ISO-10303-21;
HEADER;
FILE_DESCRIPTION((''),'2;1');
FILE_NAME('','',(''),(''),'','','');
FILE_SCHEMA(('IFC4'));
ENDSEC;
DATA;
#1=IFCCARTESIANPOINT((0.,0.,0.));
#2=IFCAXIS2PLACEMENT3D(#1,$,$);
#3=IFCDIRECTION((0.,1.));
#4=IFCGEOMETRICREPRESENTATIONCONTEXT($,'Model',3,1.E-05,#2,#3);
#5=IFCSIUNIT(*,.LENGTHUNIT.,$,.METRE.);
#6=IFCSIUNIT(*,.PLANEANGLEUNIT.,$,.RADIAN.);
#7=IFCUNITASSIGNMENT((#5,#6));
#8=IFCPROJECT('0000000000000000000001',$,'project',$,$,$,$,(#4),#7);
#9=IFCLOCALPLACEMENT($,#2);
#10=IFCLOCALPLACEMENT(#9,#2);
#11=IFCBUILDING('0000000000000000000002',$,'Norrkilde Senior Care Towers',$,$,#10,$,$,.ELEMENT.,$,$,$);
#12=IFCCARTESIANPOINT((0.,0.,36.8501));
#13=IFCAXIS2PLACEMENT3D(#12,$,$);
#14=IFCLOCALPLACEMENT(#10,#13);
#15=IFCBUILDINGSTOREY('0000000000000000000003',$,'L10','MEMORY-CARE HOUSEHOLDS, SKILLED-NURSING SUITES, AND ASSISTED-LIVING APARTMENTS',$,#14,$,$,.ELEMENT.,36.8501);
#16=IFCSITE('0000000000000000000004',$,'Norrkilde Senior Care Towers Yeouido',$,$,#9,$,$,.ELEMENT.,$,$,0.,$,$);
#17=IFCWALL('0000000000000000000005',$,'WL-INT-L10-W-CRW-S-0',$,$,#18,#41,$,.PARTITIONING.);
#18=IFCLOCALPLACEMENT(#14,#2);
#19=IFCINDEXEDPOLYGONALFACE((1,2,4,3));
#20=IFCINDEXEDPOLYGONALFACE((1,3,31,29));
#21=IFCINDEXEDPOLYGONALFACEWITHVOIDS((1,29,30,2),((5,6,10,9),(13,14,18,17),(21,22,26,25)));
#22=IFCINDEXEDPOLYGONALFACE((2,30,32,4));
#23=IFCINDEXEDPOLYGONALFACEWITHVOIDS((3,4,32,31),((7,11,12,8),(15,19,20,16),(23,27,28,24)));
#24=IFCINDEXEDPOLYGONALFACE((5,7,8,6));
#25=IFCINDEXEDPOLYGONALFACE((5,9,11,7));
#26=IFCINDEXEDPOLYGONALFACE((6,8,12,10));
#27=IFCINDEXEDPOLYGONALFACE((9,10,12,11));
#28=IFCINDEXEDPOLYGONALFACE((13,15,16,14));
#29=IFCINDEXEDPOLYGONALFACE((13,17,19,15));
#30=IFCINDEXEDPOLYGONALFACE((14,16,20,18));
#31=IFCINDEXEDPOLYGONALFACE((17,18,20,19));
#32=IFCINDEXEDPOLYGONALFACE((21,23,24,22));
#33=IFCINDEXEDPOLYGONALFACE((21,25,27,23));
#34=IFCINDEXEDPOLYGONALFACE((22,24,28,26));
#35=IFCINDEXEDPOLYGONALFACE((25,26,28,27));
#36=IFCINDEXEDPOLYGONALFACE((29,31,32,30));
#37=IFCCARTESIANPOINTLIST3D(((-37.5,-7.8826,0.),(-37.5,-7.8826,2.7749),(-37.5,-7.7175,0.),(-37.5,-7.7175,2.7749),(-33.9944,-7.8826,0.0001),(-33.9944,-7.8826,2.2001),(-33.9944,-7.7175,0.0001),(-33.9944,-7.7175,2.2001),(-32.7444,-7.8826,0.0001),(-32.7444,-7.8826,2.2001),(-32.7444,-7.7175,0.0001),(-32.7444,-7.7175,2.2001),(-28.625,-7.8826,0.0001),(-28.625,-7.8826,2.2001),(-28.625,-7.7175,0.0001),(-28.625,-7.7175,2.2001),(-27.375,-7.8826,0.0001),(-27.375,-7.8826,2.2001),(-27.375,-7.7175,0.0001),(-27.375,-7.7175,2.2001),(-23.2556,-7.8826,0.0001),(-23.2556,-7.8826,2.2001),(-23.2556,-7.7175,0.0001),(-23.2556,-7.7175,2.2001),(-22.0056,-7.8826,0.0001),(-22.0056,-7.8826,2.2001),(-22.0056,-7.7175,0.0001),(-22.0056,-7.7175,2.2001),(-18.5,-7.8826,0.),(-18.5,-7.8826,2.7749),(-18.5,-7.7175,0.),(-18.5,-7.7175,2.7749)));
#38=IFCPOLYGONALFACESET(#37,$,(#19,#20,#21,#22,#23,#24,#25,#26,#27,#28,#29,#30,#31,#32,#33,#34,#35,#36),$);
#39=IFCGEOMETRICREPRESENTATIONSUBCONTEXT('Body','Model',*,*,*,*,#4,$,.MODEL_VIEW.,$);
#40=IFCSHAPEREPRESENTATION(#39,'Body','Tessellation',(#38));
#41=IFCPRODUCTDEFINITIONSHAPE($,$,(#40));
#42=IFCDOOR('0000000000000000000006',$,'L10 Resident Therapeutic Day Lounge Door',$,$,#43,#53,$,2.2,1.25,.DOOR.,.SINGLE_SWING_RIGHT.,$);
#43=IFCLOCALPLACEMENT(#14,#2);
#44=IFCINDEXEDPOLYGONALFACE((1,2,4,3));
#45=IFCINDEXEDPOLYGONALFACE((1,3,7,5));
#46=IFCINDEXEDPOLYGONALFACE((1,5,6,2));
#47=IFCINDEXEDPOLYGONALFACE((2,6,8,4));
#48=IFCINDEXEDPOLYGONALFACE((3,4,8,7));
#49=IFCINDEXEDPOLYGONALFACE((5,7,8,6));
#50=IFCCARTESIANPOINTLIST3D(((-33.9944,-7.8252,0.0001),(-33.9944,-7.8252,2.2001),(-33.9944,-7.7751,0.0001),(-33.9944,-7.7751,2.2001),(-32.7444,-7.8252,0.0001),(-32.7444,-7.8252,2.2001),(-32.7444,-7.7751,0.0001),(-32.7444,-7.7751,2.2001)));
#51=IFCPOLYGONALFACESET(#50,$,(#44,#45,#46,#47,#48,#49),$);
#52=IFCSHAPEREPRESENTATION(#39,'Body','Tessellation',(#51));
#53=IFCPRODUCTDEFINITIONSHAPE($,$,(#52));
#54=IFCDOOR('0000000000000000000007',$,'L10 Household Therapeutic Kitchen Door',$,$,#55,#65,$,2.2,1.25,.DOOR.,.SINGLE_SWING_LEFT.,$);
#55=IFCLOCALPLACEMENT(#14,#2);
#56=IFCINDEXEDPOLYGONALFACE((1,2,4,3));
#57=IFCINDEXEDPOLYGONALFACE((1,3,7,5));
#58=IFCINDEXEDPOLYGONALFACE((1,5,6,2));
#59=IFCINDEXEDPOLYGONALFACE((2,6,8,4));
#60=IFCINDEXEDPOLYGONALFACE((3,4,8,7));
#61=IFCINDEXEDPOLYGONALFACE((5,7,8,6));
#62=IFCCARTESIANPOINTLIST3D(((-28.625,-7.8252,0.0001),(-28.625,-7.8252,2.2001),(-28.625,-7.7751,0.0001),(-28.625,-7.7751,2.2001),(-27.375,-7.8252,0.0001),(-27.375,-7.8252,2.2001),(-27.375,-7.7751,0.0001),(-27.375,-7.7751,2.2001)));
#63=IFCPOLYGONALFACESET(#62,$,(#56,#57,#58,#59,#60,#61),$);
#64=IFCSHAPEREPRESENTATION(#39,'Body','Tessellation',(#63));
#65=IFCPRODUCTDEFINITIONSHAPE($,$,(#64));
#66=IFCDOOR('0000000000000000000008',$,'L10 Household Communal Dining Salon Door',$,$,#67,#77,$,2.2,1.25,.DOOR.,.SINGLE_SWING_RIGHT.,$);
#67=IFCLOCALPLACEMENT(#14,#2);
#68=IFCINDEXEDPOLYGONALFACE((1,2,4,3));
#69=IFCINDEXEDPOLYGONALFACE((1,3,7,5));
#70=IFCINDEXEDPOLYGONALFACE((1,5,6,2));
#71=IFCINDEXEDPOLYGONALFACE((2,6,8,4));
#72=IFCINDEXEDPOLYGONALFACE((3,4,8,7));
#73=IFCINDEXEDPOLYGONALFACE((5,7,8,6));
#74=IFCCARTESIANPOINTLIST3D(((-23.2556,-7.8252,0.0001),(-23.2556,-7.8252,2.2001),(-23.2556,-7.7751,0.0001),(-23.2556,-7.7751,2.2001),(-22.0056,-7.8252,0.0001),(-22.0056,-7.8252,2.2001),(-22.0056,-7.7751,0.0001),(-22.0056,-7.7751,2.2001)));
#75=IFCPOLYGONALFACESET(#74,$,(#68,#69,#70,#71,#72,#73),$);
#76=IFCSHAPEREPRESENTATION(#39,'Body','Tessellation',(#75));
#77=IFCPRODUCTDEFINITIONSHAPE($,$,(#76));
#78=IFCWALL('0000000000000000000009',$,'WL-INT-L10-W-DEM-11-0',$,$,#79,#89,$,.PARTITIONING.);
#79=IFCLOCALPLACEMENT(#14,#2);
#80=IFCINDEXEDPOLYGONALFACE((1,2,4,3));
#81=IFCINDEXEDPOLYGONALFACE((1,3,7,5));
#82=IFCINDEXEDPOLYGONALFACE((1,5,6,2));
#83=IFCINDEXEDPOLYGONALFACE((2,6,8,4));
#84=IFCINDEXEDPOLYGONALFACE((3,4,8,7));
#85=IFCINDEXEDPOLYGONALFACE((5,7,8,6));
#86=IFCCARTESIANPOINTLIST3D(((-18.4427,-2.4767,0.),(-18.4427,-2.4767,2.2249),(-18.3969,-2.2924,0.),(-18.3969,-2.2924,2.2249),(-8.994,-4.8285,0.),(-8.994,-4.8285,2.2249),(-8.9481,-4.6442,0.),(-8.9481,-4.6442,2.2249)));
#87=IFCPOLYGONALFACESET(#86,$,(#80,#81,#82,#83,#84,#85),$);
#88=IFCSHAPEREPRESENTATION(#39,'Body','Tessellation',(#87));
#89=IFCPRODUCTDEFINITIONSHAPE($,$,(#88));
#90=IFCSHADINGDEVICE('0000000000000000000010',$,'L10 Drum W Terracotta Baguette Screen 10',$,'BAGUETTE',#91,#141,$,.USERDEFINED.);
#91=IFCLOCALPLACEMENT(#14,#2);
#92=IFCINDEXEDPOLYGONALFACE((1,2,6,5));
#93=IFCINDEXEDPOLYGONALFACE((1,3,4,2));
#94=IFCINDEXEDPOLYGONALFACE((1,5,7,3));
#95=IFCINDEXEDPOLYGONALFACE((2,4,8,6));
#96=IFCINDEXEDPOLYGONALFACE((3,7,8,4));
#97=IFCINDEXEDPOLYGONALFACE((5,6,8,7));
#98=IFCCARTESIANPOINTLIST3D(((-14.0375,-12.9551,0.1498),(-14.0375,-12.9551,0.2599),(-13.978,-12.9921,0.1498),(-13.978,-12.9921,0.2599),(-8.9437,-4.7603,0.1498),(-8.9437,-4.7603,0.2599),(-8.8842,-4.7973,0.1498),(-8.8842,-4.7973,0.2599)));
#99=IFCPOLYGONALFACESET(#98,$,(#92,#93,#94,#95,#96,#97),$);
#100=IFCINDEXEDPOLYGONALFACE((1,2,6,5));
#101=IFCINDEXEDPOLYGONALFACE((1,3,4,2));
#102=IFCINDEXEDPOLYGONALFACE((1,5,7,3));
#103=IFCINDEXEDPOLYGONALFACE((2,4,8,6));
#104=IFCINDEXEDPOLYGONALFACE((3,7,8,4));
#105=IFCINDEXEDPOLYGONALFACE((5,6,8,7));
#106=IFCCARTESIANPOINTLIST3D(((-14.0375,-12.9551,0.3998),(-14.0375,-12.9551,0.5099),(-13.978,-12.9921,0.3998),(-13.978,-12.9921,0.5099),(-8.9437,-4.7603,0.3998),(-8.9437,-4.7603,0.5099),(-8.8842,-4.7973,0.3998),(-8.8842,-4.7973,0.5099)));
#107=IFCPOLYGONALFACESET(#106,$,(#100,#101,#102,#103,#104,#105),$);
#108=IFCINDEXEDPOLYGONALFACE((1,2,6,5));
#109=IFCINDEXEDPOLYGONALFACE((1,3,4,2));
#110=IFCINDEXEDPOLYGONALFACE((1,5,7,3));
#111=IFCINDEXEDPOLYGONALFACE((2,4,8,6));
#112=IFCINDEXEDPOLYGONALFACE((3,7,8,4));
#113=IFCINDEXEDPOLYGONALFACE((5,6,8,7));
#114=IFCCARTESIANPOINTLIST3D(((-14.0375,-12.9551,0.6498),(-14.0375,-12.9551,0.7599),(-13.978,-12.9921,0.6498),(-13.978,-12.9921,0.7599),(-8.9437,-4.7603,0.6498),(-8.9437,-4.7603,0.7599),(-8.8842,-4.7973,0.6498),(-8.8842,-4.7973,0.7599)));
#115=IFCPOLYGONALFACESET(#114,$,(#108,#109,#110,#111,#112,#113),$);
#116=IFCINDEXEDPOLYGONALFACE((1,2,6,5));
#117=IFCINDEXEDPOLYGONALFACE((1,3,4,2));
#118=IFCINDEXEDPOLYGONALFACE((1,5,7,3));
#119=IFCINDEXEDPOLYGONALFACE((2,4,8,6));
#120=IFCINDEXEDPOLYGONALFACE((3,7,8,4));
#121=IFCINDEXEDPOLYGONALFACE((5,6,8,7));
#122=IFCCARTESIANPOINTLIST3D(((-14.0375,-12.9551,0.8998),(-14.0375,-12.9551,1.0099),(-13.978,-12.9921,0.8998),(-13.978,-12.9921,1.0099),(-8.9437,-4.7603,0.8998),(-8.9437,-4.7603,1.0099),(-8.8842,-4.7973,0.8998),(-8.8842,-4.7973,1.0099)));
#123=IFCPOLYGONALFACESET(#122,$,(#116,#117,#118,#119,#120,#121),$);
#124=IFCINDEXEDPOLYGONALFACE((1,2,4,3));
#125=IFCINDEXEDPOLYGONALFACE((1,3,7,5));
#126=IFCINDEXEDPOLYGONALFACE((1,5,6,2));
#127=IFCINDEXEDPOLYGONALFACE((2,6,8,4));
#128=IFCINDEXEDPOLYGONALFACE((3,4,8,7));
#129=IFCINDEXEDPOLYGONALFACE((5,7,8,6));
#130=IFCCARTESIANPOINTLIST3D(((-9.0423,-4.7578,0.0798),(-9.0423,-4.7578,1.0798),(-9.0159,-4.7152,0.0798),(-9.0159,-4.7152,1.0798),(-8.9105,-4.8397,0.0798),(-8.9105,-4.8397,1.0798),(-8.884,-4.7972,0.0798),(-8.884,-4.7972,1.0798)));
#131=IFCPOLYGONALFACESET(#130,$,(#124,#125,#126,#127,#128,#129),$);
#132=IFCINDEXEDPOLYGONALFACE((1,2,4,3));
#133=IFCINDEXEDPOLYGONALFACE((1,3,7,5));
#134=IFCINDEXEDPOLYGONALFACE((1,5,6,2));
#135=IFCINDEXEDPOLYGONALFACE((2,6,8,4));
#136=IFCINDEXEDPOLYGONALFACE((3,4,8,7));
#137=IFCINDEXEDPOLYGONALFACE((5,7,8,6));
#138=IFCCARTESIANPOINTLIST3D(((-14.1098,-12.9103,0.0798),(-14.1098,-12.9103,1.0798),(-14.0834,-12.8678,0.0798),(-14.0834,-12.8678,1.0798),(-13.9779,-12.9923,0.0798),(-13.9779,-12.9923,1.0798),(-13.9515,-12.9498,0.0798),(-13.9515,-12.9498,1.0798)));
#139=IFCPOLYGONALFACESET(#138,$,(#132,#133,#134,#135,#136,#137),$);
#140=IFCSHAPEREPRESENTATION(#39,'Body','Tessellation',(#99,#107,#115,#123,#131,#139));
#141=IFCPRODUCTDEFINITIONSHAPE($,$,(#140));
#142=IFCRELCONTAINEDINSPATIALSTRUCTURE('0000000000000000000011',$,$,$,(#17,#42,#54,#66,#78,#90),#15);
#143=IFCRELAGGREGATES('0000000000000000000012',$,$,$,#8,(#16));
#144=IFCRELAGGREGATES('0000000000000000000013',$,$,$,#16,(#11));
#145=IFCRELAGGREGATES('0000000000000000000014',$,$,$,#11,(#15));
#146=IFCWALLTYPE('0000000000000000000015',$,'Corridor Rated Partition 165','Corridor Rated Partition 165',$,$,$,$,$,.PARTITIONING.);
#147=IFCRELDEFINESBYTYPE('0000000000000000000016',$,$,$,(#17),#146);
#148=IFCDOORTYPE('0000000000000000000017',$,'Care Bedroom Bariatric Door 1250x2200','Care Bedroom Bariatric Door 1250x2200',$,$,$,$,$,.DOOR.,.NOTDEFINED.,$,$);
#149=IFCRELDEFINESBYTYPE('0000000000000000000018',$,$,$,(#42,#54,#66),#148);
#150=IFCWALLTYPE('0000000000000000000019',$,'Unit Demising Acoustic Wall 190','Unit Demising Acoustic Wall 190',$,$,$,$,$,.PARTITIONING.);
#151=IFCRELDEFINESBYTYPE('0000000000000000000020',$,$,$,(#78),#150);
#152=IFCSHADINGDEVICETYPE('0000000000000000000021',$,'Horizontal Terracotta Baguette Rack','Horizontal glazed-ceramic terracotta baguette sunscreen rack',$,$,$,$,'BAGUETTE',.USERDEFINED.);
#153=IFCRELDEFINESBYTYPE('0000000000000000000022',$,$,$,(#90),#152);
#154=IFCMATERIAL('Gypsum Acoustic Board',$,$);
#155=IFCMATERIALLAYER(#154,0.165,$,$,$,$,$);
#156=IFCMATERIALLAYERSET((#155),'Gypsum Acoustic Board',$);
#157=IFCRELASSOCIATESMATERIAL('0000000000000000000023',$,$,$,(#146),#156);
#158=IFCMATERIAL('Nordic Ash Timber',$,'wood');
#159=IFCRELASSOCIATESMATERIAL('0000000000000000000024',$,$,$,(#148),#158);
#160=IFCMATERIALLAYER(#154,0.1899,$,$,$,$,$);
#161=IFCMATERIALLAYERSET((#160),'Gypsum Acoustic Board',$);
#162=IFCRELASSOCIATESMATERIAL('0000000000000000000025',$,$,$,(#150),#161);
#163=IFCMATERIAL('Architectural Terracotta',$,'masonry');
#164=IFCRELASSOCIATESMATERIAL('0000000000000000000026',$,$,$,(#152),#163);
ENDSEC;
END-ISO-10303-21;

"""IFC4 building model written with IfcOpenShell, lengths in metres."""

from ifc_helpers import new_model, si_unit, direction, frame, frame_2d, origin, origin_2d, place, context, subcontext, project, spatial, rectangle, extrude, source, transform, mapped, material, layer, layer_set, type_object, type_shapes, element, fill, save


model = new_model("IFC4")

# Units and contexts
model_context = context("Model", 3, precision=1e-05, world=origin(), true_north=direction((0.0, 1.0)))
body_context = subcontext(model_context, "Body", "Model", "MODEL_VIEW")
ifc_project = project(units=[si_unit("LENGTHUNIT", "METRE"), si_unit("PLANEANGLEUNIT", "RADIAN")], contexts=[model_context])

# Site, building, storey
site_placement = place(None, origin())
site = spatial("IfcSite", under=ifc_project, at=site_placement, Name="Norrkilde Senior Care Towers Yeouido", CompositionType="ELEMENT", RefElevation=0.0)
building_placement = place(site_placement, origin())
building = spatial("IfcBuilding", under=site, at=building_placement, Name="Norrkilde Senior Care Towers", CompositionType="ELEMENT")
storey_placement = place(building_placement, frame((0.0, 0.0, 36.8501)))
storey = spatial("IfcBuildingStorey", under=building, at=storey_placement, Name="L10", Description="MEMORY-CARE HOUSEHOLDS, SKILLED-NURSING SUITES, AND ASSISTED-LIVING APARTMENTS", CompositionType="ELEMENT", Elevation=36.8501)

# Wall, openings, doors
ifc_material_1 = material(Name="Gypsum Acoustic Board")
ifc_layer_1 = layer(ifc_material_1, 0.165)
ifc_layer_set_1 = layer_set([ifc_layer_1], Name="Gypsum Acoustic Board")
wall_type_1 = type_object("IfcWallType", Name="Corridor Rated Partition 165", Description="Corridor Rated Partition 165", PredefinedType="PARTITIONING", material=ifc_layer_set_1)
shared_shape_1 = source(origin(), body_context, "Body", "SweptSolid", [
    extrude(rectangle(XDim=19.0, YDim=0.165, at=frame_2d((9.5, 0.0))), origin(), (0.0, 0.0, 1.0), 2.7749),
])
type_shapes(wall_type_1, [shared_shape_1])
wall_1_placement = place(storey_placement, frame((-18.5, -7.8, 0.0), z_axis=(0.0, 0.0, 1.0), x_axis=(-1.0, 0.0, 0.0)))
wall_1 = element("IfcWall", 1, at=wall_1_placement, inside=storey, type_object=wall_type_1, Name="WL-INT-L10-W-CRW-S-0", PredefinedType="PARTITIONING", context=body_context, shape_type="MappedRepresentation", body=[
    mapped(shared_shape_1, transform((0.0, 0.0, 0.0), x_axis=(1.0, 0.0, 0.0), y_axis=(0.0, 1.0, 0.0), z_axis=(0.0, 0.0, 1.0), scale=1.0)),
])
opening_1_placement = place(wall_1_placement, frame((14.2444, 0.0, 0.0)))
opening_1 = element("IfcOpeningElement", 2, at=opening_1_placement, cuts=wall_1, PredefinedType="OPENING", context=body_context, shape_type="SweptSolid", body=[
    extrude(rectangle(XDim=1.25, YDim=2.2, at=frame_2d((0.625, 1.1001))), frame((0.0, 0.0925, 0.0), z_axis=(0.0, -1.0, 0.0), x_axis=(1.0, 0.0, 0.0)), (0.0, 0.0, 1.0), 0.1851),
])
opening_2_placement = place(wall_1_placement, frame((8.875, 0.0, 0.0)))
opening_2 = element("IfcOpeningElement", 3, at=opening_2_placement, cuts=wall_1, PredefinedType="OPENING", context=body_context, shape_type="SweptSolid", body=[
    extrude(rectangle(XDim=1.25, YDim=2.2, at=frame_2d((0.625, 1.1001))), frame((0.0, 0.0925, 0.0), z_axis=(0.0, -1.0, 0.0), x_axis=(1.0, 0.0, 0.0)), (0.0, 0.0, 1.0), 0.1851),
])
opening_3_placement = place(wall_1_placement, frame((3.5056, 0.0, 0.0)))
opening_3 = element("IfcOpeningElement", 4, at=opening_3_placement, cuts=wall_1, PredefinedType="OPENING", context=body_context, shape_type="SweptSolid", body=[
    extrude(rectangle(XDim=1.25, YDim=2.2, at=frame_2d((0.625, 1.1001))), frame((0.0, 0.0925, 0.0), z_axis=(0.0, -1.0, 0.0), x_axis=(1.0, 0.0, 0.0)), (0.0, 0.0, 1.0), 0.1851),
])
ifc_material_2 = material(Name="Nordic Ash Timber", Category="wood")
door_type = type_object("IfcDoorType", Name="Care Bedroom Bariatric Door 1250x2200", Description="Care Bedroom Bariatric Door 1250x2200", OperationType="NOTDEFINED", PredefinedType="DOOR", material=ifc_material_2)
shared_shape_2 = source(origin(), body_context, "Body", "SweptSolid", [
    extrude(rectangle(XDim=1.25, YDim=2.2, at=frame_2d((0.625, 1.1001))), frame((0.0, 0.0249, 0.0), z_axis=(0.0, -1.0, 0.0), x_axis=(1.0, 0.0, 0.0)), (0.0, 0.0, 1.0), 0.05),
])
type_shapes(door_type, [shared_shape_2])
door_1_placement = place(opening_1_placement, frame((1.25, 0.0, 0.0), z_axis=(0.0, 0.0, 1.0), x_axis=(-1.0, 0.0, 0.0)))
door_1 = element("IfcDoor", 5, at=door_1_placement, inside=storey, type_object=door_type, Name="L10 Resident Therapeutic Day Lounge Door", OperationType="SINGLE_SWING_RIGHT", OverallHeight=2.2, OverallWidth=1.25, PredefinedType="DOOR", context=body_context, shape_type="MappedRepresentation", body=[
    mapped(shared_shape_2, transform((0.0, 0.0, 0.0), x_axis=(1.0, 0.0, 0.0), y_axis=(0.0, 1.0, 0.0), z_axis=(0.0, 0.0, 1.0), scale=1.0)),
])
fill(opening_1, door_1)
door_2_placement = place(opening_2_placement, frame((1.25, 0.0, 0.0), z_axis=(0.0, 0.0, 1.0), x_axis=(-1.0, 0.0, 0.0)))
door_2 = element("IfcDoor", 6, at=door_2_placement, inside=storey, type_object=door_type, Name="L10 Household Therapeutic Kitchen Door", OperationType="SINGLE_SWING_LEFT", OverallHeight=2.2, OverallWidth=1.25, PredefinedType="DOOR", context=body_context, shape_type="MappedRepresentation", body=[
    mapped(shared_shape_2, transform((0.0, 0.0, 0.0), x_axis=(1.0, 0.0, 0.0), y_axis=(0.0, 1.0, 0.0), z_axis=(0.0, 0.0, 1.0), scale=1.0)),
])
fill(opening_2, door_2)
door_3_placement = place(opening_3_placement, frame((1.25, 0.0, 0.0), z_axis=(0.0, 0.0, 1.0), x_axis=(-1.0, 0.0, 0.0)))
door_3 = element("IfcDoor", 7, at=door_3_placement, inside=storey, type_object=door_type, Name="L10 Household Communal Dining Salon Door", OperationType="SINGLE_SWING_RIGHT", OverallHeight=2.2, OverallWidth=1.25, PredefinedType="DOOR", context=body_context, shape_type="MappedRepresentation", body=[
    mapped(shared_shape_2, transform((0.0, 0.0, 0.0), x_axis=(1.0, 0.0, 0.0), y_axis=(0.0, 1.0, 0.0), z_axis=(0.0, 0.0, 1.0), scale=1.0)),
])
fill(opening_3, door_3)

# Wall
ifc_layer_2 = layer(ifc_material_1, 0.1899)
ifc_layer_set_2 = layer_set([ifc_layer_2], Name="Gypsum Acoustic Board")
wall_type_2 = type_object("IfcWallType", Name="Unit Demising Acoustic Wall 190", Description="Unit Demising Acoustic Wall 190", PredefinedType="PARTITIONING", material=ifc_layer_set_2)
shared_shape_3 = source(origin(), body_context, "Body", "SweptSolid", [
    extrude(rectangle(XDim=9.7371, YDim=0.1899, at=frame_2d((4.8687, 0.0))), origin(), (0.0, 0.0, 1.0), 2.2249),
])
type_shapes(wall_type_2, [shared_shape_3])
wall_2_placement = place(storey_placement, frame((-18.4199, -2.3845, 0.0), z_axis=(0.0, 0.0, 1.0), x_axis=(0.970393, -0.241533, 0.0)))
element("IfcWall", 8, at=wall_2_placement, inside=storey, type_object=wall_type_2, Name="WL-INT-L10-W-DEM-11-0", PredefinedType="PARTITIONING", context=body_context, shape_type="MappedRepresentation", body=[
    mapped(shared_shape_3, transform((0.0, 0.0, 0.0), x_axis=(1.0, 0.0, 0.0), y_axis=(0.0, 1.0, 0.0), z_axis=(0.0, 0.0, 1.0), scale=1.0)),
])

# Shading device
ifc_material_3 = material(Name="Architectural Terracotta", Category="masonry")
shading_device_type = type_object("IfcShadingDeviceType", Name="Horizontal Terracotta Baguette Rack", Description="Horizontal glazed-ceramic terracotta baguette sunscreen rack", ElementType="BAGUETTE", PredefinedType="USERDEFINED", material=ifc_material_3)
shared_shape_4 = source(origin(), body_context, "Body", "SweptSolid", [
    extrude(rectangle(XDim=0.0701, YDim=0.1101, at=origin_2d()), frame((0.0, 0.0901, 0.125), z_axis=(1.0, 0.0, 0.0), x_axis=(0.0, 1.0, 0.0)), (0.0, 0.0, 1.0), 9.6489),
    extrude(rectangle(XDim=0.0701, YDim=0.1101, at=origin_2d()), frame((0.0, 0.0901, 0.375), z_axis=(1.0, 0.0, 0.0), x_axis=(0.0, 1.0, 0.0)), (0.0, 0.0, 1.0), 9.6489),
    extrude(rectangle(XDim=0.0701, YDim=0.1101, at=origin_2d()), frame((0.0, 0.0901, 0.625), z_axis=(1.0, 0.0, 0.0), x_axis=(0.0, 1.0, 0.0)), (0.0, 0.0, 1.0), 9.6489),
    extrude(rectangle(XDim=0.0701, YDim=0.1101, at=origin_2d()), frame((0.0, 0.0901, 0.875), z_axis=(1.0, 0.0, 0.0), x_axis=(0.0, 1.0, 0.0)), (0.0, 0.0, 1.0), 9.6489),
    extrude(rectangle(XDim=0.05, YDim=0.1553, at=origin_2d()), frame((0.0249, 0.0476, 0.0)), (0.0, 0.0, 1.0), 1.0),
    extrude(rectangle(XDim=0.05, YDim=0.1553, at=origin_2d()), frame((9.624, 0.0476, 0.0)), (0.0, 0.0, 1.0), 1.0),
])
type_shapes(shading_device_type, [shared_shape_4])
shading_device_placement = place(storey_placement, frame((-8.9905, -4.7312, 0.0798), z_axis=(0.0, 0.0, 1.0), x_axis=(-0.527909, -0.849299, 0.0)))
element("IfcShadingDevice", 9, at=shading_device_placement, inside=storey, type_object=shading_device_type, Name="L10 Drum W Terracotta Baguette Screen 10", ObjectType="BAGUETTE", PredefinedType="USERDEFINED", context=body_context, shape_type="MappedRepresentation", body=[
    mapped(shared_shape_4, transform((0.0, 0.0, 0.0), x_axis=(1.0, 0.0, 0.0), y_axis=(0.0, 1.0, 0.0), z_axis=(0.0, 0.0, 1.0), scale=1.0)),
])

save(model, "model.ifc")
